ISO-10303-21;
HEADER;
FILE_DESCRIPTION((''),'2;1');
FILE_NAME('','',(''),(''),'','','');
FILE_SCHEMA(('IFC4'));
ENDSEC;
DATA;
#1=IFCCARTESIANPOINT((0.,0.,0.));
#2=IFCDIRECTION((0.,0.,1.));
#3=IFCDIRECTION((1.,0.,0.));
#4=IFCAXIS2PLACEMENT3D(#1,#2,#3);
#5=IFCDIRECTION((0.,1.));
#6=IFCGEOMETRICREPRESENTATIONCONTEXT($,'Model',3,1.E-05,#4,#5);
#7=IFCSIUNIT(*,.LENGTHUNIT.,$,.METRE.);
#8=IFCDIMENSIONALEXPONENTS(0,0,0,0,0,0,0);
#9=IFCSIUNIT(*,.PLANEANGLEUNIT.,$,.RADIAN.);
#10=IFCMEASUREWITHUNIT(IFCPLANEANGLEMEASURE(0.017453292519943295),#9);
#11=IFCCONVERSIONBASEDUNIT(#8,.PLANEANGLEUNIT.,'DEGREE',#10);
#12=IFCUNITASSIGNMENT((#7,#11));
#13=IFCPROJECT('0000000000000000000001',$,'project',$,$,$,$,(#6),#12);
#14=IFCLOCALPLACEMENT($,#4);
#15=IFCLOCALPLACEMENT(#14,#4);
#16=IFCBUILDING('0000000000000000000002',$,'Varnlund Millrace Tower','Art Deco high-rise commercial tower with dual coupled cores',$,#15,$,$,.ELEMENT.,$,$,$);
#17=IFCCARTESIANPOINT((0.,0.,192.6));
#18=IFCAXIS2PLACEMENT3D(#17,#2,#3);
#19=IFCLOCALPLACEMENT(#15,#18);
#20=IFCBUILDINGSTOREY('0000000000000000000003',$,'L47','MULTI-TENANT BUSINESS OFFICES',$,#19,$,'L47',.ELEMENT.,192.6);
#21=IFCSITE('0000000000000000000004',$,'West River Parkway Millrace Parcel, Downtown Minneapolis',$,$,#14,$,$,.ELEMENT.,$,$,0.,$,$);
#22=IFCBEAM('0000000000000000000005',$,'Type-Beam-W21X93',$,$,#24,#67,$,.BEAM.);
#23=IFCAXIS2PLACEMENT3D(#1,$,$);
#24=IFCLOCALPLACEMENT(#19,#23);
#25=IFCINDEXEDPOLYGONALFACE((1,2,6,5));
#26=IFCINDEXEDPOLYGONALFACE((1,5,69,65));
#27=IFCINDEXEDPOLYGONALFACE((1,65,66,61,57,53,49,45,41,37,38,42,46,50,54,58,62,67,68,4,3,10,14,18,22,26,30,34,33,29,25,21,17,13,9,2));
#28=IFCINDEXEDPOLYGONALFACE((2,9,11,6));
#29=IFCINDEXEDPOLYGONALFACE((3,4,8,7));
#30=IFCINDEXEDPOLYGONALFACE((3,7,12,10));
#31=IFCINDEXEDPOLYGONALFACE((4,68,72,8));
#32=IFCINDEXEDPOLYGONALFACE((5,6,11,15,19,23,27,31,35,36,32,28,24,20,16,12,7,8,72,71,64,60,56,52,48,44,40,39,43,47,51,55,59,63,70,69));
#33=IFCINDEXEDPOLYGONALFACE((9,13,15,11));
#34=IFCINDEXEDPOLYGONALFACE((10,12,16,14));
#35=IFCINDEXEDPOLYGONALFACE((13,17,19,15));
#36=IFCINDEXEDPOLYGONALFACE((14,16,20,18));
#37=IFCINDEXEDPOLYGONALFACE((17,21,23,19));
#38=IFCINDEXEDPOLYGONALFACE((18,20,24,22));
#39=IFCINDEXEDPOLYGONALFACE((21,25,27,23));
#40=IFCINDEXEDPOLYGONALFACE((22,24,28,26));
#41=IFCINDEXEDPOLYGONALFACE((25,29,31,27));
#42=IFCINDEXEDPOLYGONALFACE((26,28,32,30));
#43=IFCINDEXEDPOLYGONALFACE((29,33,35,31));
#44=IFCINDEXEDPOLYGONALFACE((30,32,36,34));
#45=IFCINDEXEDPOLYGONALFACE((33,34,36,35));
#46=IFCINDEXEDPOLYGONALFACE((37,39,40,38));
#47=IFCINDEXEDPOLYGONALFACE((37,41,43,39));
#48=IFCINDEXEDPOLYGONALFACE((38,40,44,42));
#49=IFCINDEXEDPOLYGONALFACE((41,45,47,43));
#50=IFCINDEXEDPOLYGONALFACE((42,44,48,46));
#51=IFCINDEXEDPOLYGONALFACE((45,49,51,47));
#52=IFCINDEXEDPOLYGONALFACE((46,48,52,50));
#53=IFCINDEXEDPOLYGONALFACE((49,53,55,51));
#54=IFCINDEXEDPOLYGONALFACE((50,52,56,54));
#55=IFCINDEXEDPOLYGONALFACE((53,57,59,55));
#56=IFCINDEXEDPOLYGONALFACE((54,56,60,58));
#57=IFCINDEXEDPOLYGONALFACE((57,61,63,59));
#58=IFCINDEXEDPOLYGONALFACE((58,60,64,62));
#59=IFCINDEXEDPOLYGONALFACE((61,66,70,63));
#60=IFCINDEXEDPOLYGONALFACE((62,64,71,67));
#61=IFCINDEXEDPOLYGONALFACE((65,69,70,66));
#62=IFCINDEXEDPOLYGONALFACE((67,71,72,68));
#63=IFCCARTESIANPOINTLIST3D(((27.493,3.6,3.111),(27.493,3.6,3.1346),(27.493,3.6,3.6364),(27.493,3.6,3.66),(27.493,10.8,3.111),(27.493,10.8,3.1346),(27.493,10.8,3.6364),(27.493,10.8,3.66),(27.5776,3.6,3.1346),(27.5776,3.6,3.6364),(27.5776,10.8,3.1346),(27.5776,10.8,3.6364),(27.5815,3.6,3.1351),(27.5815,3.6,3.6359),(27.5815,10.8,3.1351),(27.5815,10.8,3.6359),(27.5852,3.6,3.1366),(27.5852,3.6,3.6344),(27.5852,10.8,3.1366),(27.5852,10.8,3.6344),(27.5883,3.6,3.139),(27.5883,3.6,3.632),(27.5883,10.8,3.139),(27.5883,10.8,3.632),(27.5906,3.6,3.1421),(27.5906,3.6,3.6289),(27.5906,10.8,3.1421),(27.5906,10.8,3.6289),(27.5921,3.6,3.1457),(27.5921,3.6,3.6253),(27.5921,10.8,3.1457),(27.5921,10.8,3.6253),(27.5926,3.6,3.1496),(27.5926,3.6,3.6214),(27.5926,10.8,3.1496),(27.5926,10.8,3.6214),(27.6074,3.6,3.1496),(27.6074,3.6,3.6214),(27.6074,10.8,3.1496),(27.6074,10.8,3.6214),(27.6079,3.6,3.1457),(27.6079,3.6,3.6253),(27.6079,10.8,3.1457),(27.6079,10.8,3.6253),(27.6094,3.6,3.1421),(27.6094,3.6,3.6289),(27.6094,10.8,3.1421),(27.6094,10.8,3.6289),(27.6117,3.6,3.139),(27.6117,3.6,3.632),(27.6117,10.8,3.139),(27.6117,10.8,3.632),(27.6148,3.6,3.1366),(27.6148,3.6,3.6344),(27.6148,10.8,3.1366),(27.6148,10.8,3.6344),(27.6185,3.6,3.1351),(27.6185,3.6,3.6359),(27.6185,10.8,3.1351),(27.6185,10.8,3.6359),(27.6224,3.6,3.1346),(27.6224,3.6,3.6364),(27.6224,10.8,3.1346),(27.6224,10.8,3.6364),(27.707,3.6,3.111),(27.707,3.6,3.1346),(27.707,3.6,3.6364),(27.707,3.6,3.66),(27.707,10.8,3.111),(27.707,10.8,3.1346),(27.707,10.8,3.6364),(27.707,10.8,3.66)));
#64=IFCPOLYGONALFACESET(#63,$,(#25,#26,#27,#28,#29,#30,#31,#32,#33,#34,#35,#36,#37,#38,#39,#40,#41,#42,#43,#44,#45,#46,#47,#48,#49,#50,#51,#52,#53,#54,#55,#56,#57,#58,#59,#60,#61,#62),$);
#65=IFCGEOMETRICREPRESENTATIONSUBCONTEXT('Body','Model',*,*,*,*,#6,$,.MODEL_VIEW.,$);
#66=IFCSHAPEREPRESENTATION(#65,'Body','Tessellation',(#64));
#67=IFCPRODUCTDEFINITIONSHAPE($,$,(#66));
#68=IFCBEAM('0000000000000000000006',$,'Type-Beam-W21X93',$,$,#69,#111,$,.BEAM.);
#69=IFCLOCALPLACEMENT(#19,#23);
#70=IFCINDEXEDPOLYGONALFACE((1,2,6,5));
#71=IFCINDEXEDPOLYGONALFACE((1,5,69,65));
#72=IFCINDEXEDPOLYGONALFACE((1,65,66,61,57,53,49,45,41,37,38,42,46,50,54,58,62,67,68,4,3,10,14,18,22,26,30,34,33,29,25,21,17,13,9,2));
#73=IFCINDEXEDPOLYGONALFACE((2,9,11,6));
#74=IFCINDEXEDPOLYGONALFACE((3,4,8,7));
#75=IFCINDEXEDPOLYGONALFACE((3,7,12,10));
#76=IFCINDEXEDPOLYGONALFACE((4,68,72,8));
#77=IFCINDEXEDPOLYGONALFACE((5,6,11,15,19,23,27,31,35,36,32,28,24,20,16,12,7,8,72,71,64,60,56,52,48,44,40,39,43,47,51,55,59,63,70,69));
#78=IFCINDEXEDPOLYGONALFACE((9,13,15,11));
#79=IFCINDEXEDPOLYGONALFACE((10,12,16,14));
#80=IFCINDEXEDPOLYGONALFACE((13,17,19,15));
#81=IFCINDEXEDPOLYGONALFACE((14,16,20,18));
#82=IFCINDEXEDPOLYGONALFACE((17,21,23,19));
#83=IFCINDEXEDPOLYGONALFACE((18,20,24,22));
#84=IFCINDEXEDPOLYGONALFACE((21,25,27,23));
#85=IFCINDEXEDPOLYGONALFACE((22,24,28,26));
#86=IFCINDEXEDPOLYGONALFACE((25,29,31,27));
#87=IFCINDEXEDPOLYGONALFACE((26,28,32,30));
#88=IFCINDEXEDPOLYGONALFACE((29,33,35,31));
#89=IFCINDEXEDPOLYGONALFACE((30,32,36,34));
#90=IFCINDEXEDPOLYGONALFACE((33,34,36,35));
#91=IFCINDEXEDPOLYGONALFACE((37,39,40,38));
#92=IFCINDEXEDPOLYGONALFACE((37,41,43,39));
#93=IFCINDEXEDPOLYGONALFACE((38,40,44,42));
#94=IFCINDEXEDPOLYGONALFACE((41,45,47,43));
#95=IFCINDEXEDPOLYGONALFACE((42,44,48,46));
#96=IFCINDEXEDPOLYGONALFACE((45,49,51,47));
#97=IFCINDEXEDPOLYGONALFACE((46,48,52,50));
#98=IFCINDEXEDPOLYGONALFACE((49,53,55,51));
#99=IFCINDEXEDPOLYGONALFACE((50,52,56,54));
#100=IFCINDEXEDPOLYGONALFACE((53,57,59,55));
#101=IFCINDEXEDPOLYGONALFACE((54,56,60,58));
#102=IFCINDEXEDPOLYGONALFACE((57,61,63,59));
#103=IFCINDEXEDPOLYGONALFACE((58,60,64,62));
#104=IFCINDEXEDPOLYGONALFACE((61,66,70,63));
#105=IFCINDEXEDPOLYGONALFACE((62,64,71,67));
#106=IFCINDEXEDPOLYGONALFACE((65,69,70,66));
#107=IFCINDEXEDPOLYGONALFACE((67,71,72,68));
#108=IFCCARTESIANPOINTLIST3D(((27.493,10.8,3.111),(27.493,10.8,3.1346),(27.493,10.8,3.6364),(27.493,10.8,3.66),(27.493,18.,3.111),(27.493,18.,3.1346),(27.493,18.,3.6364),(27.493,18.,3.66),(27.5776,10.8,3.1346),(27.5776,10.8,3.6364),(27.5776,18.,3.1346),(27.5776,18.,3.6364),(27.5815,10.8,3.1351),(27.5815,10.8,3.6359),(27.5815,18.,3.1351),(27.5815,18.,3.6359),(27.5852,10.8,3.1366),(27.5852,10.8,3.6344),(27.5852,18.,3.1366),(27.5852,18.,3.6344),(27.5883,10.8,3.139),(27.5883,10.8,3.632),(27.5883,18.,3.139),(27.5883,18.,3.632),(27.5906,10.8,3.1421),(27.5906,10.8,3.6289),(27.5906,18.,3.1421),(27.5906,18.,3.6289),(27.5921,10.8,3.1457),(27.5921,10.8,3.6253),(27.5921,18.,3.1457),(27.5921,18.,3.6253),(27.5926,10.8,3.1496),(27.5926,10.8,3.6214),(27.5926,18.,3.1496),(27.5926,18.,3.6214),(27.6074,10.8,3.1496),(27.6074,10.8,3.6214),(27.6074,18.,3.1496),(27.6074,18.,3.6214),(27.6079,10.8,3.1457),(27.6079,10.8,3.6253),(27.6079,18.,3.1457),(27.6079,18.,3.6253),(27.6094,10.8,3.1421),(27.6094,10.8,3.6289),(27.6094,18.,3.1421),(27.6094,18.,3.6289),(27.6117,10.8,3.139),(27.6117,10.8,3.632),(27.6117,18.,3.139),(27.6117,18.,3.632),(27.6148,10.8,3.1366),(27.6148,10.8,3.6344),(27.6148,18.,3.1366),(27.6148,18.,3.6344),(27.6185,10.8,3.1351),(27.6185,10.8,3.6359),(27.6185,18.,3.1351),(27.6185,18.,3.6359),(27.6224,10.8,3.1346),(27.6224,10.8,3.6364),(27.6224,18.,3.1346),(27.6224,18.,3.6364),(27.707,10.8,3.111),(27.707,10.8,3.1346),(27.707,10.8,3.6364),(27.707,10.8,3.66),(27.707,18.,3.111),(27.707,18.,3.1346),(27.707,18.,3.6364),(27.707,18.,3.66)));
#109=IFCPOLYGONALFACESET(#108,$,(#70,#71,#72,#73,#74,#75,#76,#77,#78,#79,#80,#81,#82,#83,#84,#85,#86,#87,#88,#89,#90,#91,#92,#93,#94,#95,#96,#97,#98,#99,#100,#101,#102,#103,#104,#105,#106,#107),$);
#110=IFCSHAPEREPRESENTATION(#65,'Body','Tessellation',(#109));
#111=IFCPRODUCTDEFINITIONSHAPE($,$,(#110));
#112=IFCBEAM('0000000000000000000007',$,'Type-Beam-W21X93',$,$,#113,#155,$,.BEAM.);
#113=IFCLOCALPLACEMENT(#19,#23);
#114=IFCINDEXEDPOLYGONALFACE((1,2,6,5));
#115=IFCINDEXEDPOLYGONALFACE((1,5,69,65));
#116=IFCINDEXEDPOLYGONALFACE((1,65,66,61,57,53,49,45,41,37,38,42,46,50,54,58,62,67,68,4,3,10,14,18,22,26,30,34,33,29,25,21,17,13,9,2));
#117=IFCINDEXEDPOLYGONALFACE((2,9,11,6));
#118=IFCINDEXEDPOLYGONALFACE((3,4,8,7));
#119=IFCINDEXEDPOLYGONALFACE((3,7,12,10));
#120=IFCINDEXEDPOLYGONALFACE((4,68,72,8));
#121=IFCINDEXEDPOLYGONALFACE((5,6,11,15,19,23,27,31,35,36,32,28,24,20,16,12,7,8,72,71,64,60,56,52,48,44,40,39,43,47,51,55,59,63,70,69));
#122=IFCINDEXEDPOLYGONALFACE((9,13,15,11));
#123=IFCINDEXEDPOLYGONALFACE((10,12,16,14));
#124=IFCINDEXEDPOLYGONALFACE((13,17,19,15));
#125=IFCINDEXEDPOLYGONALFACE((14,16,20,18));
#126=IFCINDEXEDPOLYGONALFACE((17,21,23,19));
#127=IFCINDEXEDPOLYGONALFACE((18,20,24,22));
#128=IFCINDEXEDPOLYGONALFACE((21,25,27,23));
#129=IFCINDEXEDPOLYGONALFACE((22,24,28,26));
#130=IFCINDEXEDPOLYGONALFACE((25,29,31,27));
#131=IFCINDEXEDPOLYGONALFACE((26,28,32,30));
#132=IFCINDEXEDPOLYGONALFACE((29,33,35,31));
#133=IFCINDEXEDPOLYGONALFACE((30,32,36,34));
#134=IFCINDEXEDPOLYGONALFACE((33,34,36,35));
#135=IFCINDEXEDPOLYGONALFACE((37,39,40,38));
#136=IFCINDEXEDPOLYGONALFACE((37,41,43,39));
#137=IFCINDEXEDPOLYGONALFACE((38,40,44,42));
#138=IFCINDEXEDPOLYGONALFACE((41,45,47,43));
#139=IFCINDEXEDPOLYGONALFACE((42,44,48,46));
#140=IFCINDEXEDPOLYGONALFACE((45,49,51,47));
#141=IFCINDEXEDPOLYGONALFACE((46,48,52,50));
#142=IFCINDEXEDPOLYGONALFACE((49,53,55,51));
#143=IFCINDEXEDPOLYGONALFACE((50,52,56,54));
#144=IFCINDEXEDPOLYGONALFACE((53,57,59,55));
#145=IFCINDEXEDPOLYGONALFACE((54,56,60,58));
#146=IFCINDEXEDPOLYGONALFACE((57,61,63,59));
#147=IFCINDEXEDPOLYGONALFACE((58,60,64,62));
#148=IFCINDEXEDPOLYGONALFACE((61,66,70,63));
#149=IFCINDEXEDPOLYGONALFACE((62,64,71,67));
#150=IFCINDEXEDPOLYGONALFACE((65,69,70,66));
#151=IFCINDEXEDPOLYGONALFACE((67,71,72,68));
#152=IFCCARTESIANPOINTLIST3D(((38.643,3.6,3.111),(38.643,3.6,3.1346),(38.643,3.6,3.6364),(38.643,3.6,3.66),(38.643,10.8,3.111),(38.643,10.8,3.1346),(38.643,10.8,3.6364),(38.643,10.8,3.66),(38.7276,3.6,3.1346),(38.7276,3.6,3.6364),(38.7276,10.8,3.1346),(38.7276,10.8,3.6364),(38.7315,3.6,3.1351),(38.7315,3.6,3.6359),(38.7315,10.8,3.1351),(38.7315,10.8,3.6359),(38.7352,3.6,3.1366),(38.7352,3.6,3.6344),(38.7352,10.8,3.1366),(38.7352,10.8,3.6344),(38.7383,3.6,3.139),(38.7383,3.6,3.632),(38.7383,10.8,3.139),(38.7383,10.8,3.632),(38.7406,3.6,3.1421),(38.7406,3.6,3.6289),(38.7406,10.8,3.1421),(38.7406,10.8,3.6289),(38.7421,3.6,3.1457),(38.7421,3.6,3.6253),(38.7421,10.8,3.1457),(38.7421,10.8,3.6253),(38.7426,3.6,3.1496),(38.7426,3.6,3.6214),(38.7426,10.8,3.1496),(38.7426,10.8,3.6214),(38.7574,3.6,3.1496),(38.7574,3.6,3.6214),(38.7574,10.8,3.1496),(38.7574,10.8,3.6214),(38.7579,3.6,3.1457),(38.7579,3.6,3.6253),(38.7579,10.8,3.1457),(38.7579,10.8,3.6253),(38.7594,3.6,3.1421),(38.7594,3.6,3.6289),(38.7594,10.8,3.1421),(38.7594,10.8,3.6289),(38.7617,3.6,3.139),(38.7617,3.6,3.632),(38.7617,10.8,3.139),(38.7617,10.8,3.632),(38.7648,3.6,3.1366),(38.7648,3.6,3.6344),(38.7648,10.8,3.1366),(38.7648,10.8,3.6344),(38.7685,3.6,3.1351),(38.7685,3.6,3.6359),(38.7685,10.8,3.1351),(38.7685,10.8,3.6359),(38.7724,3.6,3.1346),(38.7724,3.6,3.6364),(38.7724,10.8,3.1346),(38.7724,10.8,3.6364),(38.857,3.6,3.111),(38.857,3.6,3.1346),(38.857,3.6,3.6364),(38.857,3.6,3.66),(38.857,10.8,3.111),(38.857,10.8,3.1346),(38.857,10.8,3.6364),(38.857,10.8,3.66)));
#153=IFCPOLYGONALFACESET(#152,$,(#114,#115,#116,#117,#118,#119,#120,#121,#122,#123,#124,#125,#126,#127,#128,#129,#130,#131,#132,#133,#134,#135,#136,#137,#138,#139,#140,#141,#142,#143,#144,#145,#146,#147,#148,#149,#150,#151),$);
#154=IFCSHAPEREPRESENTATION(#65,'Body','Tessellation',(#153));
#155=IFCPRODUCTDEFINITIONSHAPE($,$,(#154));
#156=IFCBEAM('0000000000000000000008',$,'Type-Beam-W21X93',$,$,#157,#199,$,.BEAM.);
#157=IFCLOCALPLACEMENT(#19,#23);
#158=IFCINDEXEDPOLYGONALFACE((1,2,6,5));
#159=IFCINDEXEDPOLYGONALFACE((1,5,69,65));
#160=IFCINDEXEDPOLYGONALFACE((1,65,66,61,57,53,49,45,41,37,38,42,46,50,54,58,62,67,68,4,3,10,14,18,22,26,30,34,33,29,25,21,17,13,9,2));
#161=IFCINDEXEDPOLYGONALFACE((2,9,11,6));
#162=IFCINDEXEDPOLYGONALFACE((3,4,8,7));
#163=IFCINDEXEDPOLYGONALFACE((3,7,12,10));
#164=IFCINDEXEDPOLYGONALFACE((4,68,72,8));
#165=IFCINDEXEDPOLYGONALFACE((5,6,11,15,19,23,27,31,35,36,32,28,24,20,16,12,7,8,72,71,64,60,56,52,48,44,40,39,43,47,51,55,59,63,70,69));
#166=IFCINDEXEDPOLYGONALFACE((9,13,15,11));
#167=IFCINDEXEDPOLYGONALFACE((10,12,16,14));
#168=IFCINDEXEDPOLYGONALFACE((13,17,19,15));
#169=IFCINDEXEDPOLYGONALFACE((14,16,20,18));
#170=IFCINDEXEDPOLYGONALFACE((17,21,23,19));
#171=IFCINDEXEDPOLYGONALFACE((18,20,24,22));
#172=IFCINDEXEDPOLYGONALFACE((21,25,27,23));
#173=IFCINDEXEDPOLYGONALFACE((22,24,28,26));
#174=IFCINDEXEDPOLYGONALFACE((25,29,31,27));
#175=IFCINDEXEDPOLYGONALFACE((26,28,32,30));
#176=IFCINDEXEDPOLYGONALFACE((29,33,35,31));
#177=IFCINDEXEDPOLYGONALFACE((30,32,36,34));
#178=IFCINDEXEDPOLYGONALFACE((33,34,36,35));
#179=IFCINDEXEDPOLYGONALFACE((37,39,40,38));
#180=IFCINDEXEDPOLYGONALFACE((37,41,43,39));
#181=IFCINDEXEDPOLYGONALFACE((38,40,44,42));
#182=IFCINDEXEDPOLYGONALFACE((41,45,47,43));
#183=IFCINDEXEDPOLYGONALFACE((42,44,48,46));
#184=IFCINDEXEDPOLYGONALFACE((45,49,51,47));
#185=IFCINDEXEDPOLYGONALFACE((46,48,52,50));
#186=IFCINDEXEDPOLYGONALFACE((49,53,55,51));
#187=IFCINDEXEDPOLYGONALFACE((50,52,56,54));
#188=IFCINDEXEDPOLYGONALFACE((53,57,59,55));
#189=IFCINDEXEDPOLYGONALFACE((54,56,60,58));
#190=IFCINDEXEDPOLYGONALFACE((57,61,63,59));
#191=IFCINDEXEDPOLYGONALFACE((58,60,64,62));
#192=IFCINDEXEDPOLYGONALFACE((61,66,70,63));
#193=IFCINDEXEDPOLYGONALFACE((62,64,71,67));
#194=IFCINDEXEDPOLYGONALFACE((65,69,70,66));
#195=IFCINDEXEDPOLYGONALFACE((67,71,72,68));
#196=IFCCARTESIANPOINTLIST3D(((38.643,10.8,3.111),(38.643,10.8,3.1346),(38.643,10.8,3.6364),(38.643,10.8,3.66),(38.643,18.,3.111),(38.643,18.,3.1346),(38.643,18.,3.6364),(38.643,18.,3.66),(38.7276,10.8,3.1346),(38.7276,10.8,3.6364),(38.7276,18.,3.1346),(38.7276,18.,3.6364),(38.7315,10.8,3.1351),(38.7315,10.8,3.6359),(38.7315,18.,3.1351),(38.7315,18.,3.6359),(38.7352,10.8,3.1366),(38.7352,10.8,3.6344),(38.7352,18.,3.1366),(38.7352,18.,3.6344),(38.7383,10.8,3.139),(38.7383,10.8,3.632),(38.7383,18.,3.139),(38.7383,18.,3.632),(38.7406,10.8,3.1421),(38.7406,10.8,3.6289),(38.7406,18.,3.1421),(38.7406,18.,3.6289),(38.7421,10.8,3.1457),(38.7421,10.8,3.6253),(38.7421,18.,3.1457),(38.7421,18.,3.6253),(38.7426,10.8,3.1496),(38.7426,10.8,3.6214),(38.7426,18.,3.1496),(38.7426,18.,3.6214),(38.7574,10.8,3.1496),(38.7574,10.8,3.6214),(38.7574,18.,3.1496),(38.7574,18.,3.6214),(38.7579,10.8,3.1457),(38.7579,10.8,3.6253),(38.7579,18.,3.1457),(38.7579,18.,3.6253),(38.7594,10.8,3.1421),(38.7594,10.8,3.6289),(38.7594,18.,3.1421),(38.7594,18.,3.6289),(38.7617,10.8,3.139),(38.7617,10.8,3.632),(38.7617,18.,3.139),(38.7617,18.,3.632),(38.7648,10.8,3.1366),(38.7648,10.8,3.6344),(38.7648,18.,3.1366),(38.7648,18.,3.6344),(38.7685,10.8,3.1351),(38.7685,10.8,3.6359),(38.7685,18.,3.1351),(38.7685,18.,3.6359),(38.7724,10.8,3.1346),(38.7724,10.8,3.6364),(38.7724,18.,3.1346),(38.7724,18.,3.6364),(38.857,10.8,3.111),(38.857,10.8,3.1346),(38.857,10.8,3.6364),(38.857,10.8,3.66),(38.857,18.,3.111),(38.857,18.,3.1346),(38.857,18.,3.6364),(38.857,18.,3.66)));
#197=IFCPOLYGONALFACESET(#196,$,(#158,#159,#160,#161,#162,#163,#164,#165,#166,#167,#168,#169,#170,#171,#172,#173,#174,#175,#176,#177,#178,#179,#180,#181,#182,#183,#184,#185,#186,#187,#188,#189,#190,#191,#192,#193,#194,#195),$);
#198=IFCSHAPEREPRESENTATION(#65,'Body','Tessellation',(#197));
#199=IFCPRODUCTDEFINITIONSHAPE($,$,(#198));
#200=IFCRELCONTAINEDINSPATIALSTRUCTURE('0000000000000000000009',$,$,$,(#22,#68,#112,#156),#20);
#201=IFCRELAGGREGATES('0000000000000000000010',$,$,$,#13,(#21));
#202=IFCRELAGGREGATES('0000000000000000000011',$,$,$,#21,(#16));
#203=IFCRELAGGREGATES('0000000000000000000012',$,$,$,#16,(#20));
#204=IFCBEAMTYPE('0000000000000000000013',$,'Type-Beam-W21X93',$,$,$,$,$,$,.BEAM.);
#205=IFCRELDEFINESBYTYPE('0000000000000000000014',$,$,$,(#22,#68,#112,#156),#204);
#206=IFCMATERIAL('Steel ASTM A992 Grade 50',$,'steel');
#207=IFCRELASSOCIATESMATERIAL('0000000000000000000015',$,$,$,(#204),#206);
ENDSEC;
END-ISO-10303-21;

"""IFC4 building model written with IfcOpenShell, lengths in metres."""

from ifc_helpers import new_model, entity, si_unit, converted_unit, direction, frame, origin_with_axes, origin_2d_with_axis, place, context, subcontext, project, spatial, i_section, extrude, material, material_profile, profile_set, type_object, element, save


model = new_model("IFC4")

# Units and contexts
model_context = context("Model", 3, precision=1e-05, world=origin_with_axes(), true_north=direction((0.0, 1.0)))
body_context = subcontext(model_context, "Body", "Model", "MODEL_VIEW")
ifc_project = project(units=[si_unit("LENGTHUNIT", "METRE"), converted_unit("PLANEANGLEUNIT", "DEGREE", entity("IfcPlaneAngleMeasure", 0.017453292519943295), si_unit("PLANEANGLEUNIT", "RADIAN"), dimensions=[0, 0, 0, 0, 0, 0, 0])], contexts=[model_context])

# Site, building, storey
site_placement = place(None, origin_with_axes())
site = spatial("IfcSite", under=ifc_project, at=site_placement, Name="West River Parkway Millrace Parcel, Downtown Minneapolis", CompositionType="ELEMENT", RefElevation=0.0)
building_placement = place(site_placement, origin_with_axes())
building = spatial("IfcBuilding", under=site, at=building_placement, Name="Varnlund Millrace Tower", Description="Art Deco high-rise commercial tower with dual coupled cores", CompositionType="ELEMENT")
storey_placement = place(building_placement, frame((0.0, 0.0, 192.6), z_axis=(0.0, 0.0, 1.0), x_axis=(1.0, 0.0, 0.0)))
storey = spatial("IfcBuildingStorey", under=building, at=storey_placement, Name="L47", Description="MULTI-TENANT BUSINESS OFFICES", LongName="L47", CompositionType="ELEMENT", Elevation=192.6)

# Beams
ifc_material_1 = material(Name="Steel ASTM A992 Grade 50", Category="steel")
ifc_material_profile_1 = material_profile(ifc_material_1, i_section(OverallWidth=0.214, OverallDepth=0.549, WebThickness=0.0147, FlangeThickness=0.0236, FilletRadius=0.015, at=origin_2d_with_axis()), Name="Steel ASTM A992 Grade 50")
ifc_profile_set_1 = profile_set([ifc_material_profile_1], Name="Steel ASTM A992 Grade 50")
beam_type_1 = type_object("IfcBeamType", Name="Type-Beam-W21X93", PredefinedType="BEAM", material=ifc_profile_set_1)
for number, where, z_axis, x_axis, name in (
    (1, (27.6, 3.6, 3.3855), (0.0, 1.0, 0.0), (-1.0, 0.0, 0.0), "Type-Beam-W21X93"),
    (2, (27.6, 10.8, 3.3855), (0.0, 1.0, 0.0), (-1.0, 0.0, 0.0), "Type-Beam-W21X93"),
    (3, (38.75, 3.6, 3.3855), (0.0, 1.0, 0.0), (-1.0, 0.0, 0.0), "Type-Beam-W21X93"),
    (4, (38.75, 10.8, 3.3855), (0.0, 1.0, 0.0), (-1.0, 0.0, 0.0), "Type-Beam-W21X93"),
):
    element("IfcBeam", number, at=place(storey_placement, frame(where, z_axis=z_axis, x_axis=x_axis)), inside=storey, type_object=beam_type_1, Name=name, PredefinedType="BEAM", context=body_context, shape_type="SweptSolid", body=[
        extrude(i_section(OverallWidth=0.214, OverallDepth=0.549, WebThickness=0.0147, FlangeThickness=0.0236, FilletRadius=0.015, at=origin_2d_with_axis()), origin_with_axes(), (0.0, 0.0, 1.0), 7.2),
    ])

save(model, "model.ifc")
